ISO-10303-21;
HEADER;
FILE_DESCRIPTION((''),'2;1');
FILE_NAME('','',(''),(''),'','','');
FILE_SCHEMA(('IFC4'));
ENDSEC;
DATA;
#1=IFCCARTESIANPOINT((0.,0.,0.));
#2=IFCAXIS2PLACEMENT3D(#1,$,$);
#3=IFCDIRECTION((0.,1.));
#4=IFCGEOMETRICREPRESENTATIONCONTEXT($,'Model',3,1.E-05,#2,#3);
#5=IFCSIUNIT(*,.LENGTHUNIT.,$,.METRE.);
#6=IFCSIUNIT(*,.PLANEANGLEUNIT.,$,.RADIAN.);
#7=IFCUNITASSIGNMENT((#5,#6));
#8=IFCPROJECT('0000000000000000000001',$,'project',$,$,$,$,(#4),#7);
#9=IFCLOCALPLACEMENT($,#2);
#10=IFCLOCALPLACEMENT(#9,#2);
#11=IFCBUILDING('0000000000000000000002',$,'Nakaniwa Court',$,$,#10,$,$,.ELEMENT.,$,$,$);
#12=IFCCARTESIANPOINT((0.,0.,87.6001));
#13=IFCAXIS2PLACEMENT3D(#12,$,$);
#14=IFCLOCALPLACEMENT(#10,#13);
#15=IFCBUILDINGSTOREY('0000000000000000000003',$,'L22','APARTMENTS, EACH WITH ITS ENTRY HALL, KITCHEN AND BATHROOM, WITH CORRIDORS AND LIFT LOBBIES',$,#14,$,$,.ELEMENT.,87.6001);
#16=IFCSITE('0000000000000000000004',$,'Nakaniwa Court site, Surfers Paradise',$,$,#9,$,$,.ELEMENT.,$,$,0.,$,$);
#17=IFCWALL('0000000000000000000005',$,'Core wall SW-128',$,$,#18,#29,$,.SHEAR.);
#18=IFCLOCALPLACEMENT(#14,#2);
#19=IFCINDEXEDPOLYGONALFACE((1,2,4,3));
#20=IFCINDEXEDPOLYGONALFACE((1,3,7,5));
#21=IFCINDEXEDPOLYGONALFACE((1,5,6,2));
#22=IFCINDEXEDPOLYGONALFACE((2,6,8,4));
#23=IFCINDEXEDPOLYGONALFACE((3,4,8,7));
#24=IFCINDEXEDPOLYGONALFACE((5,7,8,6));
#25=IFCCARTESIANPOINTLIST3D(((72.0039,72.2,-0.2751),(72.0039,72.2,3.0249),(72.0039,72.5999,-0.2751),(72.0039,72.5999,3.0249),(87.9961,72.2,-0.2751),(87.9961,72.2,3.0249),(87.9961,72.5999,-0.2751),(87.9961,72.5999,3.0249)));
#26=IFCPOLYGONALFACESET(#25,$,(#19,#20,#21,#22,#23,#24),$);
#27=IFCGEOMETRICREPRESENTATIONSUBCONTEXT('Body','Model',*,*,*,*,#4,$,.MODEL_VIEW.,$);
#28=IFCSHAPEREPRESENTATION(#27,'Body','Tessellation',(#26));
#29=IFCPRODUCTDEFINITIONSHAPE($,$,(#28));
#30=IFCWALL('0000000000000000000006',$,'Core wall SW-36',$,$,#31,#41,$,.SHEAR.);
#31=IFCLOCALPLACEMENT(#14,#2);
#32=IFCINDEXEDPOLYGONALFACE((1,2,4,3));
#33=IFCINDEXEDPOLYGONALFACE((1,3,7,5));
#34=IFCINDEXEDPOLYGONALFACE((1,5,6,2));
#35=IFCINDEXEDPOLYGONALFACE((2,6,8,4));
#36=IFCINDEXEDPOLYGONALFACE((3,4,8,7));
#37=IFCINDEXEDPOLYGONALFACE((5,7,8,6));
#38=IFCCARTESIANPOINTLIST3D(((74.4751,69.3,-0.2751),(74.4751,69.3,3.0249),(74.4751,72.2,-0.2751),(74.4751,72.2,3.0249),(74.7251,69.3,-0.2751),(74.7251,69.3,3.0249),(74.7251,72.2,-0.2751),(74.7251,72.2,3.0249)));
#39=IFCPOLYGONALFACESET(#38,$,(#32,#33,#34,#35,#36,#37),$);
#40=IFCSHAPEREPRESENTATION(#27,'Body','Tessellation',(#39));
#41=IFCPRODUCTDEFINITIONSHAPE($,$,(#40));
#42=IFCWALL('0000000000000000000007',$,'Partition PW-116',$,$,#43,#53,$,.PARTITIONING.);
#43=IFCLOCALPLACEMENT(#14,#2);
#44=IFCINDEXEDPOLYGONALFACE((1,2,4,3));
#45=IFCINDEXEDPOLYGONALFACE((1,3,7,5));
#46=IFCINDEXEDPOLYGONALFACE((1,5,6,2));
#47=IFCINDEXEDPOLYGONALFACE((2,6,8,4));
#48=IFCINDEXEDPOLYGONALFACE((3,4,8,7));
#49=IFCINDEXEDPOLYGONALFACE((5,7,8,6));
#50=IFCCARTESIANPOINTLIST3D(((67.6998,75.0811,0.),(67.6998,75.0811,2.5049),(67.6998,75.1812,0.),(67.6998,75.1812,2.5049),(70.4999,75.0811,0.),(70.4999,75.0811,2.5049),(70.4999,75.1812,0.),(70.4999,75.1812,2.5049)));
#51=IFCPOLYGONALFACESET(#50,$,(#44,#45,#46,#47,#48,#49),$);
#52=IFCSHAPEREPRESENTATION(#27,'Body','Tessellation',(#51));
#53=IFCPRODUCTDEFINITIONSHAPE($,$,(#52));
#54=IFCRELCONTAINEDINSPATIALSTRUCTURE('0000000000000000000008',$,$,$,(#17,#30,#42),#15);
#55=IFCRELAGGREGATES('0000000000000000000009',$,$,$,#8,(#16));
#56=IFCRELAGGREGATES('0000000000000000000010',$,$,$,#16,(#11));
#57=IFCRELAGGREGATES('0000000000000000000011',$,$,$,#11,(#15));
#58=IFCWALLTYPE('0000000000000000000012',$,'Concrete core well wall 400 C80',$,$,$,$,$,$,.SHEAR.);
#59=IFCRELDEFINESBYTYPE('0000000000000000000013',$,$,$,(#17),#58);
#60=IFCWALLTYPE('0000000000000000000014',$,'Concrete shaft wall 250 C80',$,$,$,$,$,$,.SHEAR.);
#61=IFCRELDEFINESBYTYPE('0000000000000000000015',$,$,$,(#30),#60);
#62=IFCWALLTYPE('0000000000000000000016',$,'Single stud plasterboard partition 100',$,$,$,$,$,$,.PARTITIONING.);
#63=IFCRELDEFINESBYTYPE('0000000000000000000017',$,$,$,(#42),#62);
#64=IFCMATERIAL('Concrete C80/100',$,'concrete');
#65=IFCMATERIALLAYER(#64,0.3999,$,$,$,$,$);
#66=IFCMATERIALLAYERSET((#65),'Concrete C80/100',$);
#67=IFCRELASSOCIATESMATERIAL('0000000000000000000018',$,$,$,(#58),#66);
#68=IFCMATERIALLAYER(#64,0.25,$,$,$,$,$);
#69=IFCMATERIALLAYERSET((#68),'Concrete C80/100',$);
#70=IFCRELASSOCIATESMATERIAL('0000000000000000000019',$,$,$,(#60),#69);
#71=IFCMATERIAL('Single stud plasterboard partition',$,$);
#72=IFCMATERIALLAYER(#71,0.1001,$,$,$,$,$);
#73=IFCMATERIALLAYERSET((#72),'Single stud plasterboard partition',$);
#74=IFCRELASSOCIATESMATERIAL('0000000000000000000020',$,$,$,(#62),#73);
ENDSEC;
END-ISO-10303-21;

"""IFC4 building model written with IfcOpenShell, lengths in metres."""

from ifc_helpers import new_model, si_unit, direction, frame, frame_2d, origin, place, context, subcontext, project, spatial, rectangle, extrude, material, layer, layer_set, type_object, element, save


model = new_model("IFC4")

# Units and contexts
model_context = context("Model", 3, precision=1e-05, world=origin(), true_north=direction((0.0, 1.0)))
body_context = subcontext(model_context, "Body", "Model", "MODEL_VIEW")
ifc_project = project(units=[si_unit("LENGTHUNIT", "METRE"), si_unit("PLANEANGLEUNIT", "RADIAN")], contexts=[model_context])

# Site, building, storey
site_placement = place(None, origin())
site = spatial("IfcSite", under=ifc_project, at=site_placement, Name="Nakaniwa Court site, Surfers Paradise", CompositionType="ELEMENT", RefElevation=0.0)
building_placement = place(site_placement, origin())
building = spatial("IfcBuilding", under=site, at=building_placement, Name="Nakaniwa Court", CompositionType="ELEMENT")
storey_placement = place(building_placement, frame((0.0, 0.0, 87.6001)))
storey = spatial("IfcBuildingStorey", under=building, at=storey_placement, Name="L22", Description="APARTMENTS, EACH WITH ITS ENTRY HALL, KITCHEN AND BATHROOM, WITH CORRIDORS AND LIFT LOBBIES", CompositionType="ELEMENT", Elevation=87.6001)

# Shared definitions
ifc_material_1 = material(Name="Concrete C80/100", Category="concrete")

# Walls
ifc_layer_1 = layer(ifc_material_1, 0.3999)
ifc_layer_set_1 = layer_set([ifc_layer_1], Name="Concrete C80/100")
wall_type_1 = type_object("IfcWallType", Name="Concrete core well wall 400 C80", PredefinedType="SHEAR", material=ifc_layer_set_1)
wall_1_placement = place(storey_placement, frame((72.0039, 72.3999, -0.2751), z_axis=(0.0, 0.0, 1.0), x_axis=(1.0, 0.0, 0.0)))
element("IfcWall", 1, at=wall_1_placement, inside=storey, type_object=wall_type_1, Name="Core wall SW-128", PredefinedType="SHEAR", context=body_context, shape_type="SweptSolid", body=[
    extrude(rectangle(XDim=15.9922, YDim=0.3999, at=frame_2d((7.9961, 0.0))), origin(), (0.0, 0.0, 1.0), 3.3),
])
ifc_layer_2 = layer(ifc_material_1, 0.25)
ifc_layer_set_2 = layer_set([ifc_layer_2], Name="Concrete C80/100")
wall_type_2 = type_object("IfcWallType", Name="Concrete shaft wall 250 C80", PredefinedType="SHEAR", material=ifc_layer_set_2)
wall_2_placement = place(storey_placement, frame((74.6001, 69.3, -0.2751), z_axis=(0.0, 0.0, 1.0), x_axis=(0.0, 1.0, 0.0)))
element("IfcWall", 2, at=wall_2_placement, inside=storey, type_object=wall_type_2, Name="Core wall SW-36", PredefinedType="SHEAR", context=body_context, shape_type="SweptSolid", body=[
    extrude(rectangle(XDim=2.8999, YDim=0.25, at=frame_2d((1.45, 0.0))), origin(), (0.0, 0.0, 1.0), 3.3),
])
ifc_material_2 = material(Name="Single stud plasterboard partition")
ifc_layer_3 = layer(ifc_material_2, 0.1001)
ifc_layer_set_3 = layer_set([ifc_layer_3], Name="Single stud plasterboard partition")
wall_type_3 = type_object("IfcWallType", Name="Single stud plasterboard partition 100", PredefinedType="PARTITIONING", material=ifc_layer_set_3)
wall_3_placement = place(storey_placement, frame((67.7, 75.1311, 0.0), z_axis=(0.0, 0.0, 1.0), x_axis=(1.0, 0.0, 0.0)))
element("IfcWall", 3, at=wall_3_placement, inside=storey, type_object=wall_type_3, Name="Partition PW-116", PredefinedType="PARTITIONING", context=body_context, shape_type="SweptSolid", body=[
    extrude(rectangle(XDim=2.8, YDim=0.1001, at=frame_2d((1.3999, 0.0))), origin(), (0.0, 0.0, 1.0), 2.5049),
])

save(model, "model.ifc")
